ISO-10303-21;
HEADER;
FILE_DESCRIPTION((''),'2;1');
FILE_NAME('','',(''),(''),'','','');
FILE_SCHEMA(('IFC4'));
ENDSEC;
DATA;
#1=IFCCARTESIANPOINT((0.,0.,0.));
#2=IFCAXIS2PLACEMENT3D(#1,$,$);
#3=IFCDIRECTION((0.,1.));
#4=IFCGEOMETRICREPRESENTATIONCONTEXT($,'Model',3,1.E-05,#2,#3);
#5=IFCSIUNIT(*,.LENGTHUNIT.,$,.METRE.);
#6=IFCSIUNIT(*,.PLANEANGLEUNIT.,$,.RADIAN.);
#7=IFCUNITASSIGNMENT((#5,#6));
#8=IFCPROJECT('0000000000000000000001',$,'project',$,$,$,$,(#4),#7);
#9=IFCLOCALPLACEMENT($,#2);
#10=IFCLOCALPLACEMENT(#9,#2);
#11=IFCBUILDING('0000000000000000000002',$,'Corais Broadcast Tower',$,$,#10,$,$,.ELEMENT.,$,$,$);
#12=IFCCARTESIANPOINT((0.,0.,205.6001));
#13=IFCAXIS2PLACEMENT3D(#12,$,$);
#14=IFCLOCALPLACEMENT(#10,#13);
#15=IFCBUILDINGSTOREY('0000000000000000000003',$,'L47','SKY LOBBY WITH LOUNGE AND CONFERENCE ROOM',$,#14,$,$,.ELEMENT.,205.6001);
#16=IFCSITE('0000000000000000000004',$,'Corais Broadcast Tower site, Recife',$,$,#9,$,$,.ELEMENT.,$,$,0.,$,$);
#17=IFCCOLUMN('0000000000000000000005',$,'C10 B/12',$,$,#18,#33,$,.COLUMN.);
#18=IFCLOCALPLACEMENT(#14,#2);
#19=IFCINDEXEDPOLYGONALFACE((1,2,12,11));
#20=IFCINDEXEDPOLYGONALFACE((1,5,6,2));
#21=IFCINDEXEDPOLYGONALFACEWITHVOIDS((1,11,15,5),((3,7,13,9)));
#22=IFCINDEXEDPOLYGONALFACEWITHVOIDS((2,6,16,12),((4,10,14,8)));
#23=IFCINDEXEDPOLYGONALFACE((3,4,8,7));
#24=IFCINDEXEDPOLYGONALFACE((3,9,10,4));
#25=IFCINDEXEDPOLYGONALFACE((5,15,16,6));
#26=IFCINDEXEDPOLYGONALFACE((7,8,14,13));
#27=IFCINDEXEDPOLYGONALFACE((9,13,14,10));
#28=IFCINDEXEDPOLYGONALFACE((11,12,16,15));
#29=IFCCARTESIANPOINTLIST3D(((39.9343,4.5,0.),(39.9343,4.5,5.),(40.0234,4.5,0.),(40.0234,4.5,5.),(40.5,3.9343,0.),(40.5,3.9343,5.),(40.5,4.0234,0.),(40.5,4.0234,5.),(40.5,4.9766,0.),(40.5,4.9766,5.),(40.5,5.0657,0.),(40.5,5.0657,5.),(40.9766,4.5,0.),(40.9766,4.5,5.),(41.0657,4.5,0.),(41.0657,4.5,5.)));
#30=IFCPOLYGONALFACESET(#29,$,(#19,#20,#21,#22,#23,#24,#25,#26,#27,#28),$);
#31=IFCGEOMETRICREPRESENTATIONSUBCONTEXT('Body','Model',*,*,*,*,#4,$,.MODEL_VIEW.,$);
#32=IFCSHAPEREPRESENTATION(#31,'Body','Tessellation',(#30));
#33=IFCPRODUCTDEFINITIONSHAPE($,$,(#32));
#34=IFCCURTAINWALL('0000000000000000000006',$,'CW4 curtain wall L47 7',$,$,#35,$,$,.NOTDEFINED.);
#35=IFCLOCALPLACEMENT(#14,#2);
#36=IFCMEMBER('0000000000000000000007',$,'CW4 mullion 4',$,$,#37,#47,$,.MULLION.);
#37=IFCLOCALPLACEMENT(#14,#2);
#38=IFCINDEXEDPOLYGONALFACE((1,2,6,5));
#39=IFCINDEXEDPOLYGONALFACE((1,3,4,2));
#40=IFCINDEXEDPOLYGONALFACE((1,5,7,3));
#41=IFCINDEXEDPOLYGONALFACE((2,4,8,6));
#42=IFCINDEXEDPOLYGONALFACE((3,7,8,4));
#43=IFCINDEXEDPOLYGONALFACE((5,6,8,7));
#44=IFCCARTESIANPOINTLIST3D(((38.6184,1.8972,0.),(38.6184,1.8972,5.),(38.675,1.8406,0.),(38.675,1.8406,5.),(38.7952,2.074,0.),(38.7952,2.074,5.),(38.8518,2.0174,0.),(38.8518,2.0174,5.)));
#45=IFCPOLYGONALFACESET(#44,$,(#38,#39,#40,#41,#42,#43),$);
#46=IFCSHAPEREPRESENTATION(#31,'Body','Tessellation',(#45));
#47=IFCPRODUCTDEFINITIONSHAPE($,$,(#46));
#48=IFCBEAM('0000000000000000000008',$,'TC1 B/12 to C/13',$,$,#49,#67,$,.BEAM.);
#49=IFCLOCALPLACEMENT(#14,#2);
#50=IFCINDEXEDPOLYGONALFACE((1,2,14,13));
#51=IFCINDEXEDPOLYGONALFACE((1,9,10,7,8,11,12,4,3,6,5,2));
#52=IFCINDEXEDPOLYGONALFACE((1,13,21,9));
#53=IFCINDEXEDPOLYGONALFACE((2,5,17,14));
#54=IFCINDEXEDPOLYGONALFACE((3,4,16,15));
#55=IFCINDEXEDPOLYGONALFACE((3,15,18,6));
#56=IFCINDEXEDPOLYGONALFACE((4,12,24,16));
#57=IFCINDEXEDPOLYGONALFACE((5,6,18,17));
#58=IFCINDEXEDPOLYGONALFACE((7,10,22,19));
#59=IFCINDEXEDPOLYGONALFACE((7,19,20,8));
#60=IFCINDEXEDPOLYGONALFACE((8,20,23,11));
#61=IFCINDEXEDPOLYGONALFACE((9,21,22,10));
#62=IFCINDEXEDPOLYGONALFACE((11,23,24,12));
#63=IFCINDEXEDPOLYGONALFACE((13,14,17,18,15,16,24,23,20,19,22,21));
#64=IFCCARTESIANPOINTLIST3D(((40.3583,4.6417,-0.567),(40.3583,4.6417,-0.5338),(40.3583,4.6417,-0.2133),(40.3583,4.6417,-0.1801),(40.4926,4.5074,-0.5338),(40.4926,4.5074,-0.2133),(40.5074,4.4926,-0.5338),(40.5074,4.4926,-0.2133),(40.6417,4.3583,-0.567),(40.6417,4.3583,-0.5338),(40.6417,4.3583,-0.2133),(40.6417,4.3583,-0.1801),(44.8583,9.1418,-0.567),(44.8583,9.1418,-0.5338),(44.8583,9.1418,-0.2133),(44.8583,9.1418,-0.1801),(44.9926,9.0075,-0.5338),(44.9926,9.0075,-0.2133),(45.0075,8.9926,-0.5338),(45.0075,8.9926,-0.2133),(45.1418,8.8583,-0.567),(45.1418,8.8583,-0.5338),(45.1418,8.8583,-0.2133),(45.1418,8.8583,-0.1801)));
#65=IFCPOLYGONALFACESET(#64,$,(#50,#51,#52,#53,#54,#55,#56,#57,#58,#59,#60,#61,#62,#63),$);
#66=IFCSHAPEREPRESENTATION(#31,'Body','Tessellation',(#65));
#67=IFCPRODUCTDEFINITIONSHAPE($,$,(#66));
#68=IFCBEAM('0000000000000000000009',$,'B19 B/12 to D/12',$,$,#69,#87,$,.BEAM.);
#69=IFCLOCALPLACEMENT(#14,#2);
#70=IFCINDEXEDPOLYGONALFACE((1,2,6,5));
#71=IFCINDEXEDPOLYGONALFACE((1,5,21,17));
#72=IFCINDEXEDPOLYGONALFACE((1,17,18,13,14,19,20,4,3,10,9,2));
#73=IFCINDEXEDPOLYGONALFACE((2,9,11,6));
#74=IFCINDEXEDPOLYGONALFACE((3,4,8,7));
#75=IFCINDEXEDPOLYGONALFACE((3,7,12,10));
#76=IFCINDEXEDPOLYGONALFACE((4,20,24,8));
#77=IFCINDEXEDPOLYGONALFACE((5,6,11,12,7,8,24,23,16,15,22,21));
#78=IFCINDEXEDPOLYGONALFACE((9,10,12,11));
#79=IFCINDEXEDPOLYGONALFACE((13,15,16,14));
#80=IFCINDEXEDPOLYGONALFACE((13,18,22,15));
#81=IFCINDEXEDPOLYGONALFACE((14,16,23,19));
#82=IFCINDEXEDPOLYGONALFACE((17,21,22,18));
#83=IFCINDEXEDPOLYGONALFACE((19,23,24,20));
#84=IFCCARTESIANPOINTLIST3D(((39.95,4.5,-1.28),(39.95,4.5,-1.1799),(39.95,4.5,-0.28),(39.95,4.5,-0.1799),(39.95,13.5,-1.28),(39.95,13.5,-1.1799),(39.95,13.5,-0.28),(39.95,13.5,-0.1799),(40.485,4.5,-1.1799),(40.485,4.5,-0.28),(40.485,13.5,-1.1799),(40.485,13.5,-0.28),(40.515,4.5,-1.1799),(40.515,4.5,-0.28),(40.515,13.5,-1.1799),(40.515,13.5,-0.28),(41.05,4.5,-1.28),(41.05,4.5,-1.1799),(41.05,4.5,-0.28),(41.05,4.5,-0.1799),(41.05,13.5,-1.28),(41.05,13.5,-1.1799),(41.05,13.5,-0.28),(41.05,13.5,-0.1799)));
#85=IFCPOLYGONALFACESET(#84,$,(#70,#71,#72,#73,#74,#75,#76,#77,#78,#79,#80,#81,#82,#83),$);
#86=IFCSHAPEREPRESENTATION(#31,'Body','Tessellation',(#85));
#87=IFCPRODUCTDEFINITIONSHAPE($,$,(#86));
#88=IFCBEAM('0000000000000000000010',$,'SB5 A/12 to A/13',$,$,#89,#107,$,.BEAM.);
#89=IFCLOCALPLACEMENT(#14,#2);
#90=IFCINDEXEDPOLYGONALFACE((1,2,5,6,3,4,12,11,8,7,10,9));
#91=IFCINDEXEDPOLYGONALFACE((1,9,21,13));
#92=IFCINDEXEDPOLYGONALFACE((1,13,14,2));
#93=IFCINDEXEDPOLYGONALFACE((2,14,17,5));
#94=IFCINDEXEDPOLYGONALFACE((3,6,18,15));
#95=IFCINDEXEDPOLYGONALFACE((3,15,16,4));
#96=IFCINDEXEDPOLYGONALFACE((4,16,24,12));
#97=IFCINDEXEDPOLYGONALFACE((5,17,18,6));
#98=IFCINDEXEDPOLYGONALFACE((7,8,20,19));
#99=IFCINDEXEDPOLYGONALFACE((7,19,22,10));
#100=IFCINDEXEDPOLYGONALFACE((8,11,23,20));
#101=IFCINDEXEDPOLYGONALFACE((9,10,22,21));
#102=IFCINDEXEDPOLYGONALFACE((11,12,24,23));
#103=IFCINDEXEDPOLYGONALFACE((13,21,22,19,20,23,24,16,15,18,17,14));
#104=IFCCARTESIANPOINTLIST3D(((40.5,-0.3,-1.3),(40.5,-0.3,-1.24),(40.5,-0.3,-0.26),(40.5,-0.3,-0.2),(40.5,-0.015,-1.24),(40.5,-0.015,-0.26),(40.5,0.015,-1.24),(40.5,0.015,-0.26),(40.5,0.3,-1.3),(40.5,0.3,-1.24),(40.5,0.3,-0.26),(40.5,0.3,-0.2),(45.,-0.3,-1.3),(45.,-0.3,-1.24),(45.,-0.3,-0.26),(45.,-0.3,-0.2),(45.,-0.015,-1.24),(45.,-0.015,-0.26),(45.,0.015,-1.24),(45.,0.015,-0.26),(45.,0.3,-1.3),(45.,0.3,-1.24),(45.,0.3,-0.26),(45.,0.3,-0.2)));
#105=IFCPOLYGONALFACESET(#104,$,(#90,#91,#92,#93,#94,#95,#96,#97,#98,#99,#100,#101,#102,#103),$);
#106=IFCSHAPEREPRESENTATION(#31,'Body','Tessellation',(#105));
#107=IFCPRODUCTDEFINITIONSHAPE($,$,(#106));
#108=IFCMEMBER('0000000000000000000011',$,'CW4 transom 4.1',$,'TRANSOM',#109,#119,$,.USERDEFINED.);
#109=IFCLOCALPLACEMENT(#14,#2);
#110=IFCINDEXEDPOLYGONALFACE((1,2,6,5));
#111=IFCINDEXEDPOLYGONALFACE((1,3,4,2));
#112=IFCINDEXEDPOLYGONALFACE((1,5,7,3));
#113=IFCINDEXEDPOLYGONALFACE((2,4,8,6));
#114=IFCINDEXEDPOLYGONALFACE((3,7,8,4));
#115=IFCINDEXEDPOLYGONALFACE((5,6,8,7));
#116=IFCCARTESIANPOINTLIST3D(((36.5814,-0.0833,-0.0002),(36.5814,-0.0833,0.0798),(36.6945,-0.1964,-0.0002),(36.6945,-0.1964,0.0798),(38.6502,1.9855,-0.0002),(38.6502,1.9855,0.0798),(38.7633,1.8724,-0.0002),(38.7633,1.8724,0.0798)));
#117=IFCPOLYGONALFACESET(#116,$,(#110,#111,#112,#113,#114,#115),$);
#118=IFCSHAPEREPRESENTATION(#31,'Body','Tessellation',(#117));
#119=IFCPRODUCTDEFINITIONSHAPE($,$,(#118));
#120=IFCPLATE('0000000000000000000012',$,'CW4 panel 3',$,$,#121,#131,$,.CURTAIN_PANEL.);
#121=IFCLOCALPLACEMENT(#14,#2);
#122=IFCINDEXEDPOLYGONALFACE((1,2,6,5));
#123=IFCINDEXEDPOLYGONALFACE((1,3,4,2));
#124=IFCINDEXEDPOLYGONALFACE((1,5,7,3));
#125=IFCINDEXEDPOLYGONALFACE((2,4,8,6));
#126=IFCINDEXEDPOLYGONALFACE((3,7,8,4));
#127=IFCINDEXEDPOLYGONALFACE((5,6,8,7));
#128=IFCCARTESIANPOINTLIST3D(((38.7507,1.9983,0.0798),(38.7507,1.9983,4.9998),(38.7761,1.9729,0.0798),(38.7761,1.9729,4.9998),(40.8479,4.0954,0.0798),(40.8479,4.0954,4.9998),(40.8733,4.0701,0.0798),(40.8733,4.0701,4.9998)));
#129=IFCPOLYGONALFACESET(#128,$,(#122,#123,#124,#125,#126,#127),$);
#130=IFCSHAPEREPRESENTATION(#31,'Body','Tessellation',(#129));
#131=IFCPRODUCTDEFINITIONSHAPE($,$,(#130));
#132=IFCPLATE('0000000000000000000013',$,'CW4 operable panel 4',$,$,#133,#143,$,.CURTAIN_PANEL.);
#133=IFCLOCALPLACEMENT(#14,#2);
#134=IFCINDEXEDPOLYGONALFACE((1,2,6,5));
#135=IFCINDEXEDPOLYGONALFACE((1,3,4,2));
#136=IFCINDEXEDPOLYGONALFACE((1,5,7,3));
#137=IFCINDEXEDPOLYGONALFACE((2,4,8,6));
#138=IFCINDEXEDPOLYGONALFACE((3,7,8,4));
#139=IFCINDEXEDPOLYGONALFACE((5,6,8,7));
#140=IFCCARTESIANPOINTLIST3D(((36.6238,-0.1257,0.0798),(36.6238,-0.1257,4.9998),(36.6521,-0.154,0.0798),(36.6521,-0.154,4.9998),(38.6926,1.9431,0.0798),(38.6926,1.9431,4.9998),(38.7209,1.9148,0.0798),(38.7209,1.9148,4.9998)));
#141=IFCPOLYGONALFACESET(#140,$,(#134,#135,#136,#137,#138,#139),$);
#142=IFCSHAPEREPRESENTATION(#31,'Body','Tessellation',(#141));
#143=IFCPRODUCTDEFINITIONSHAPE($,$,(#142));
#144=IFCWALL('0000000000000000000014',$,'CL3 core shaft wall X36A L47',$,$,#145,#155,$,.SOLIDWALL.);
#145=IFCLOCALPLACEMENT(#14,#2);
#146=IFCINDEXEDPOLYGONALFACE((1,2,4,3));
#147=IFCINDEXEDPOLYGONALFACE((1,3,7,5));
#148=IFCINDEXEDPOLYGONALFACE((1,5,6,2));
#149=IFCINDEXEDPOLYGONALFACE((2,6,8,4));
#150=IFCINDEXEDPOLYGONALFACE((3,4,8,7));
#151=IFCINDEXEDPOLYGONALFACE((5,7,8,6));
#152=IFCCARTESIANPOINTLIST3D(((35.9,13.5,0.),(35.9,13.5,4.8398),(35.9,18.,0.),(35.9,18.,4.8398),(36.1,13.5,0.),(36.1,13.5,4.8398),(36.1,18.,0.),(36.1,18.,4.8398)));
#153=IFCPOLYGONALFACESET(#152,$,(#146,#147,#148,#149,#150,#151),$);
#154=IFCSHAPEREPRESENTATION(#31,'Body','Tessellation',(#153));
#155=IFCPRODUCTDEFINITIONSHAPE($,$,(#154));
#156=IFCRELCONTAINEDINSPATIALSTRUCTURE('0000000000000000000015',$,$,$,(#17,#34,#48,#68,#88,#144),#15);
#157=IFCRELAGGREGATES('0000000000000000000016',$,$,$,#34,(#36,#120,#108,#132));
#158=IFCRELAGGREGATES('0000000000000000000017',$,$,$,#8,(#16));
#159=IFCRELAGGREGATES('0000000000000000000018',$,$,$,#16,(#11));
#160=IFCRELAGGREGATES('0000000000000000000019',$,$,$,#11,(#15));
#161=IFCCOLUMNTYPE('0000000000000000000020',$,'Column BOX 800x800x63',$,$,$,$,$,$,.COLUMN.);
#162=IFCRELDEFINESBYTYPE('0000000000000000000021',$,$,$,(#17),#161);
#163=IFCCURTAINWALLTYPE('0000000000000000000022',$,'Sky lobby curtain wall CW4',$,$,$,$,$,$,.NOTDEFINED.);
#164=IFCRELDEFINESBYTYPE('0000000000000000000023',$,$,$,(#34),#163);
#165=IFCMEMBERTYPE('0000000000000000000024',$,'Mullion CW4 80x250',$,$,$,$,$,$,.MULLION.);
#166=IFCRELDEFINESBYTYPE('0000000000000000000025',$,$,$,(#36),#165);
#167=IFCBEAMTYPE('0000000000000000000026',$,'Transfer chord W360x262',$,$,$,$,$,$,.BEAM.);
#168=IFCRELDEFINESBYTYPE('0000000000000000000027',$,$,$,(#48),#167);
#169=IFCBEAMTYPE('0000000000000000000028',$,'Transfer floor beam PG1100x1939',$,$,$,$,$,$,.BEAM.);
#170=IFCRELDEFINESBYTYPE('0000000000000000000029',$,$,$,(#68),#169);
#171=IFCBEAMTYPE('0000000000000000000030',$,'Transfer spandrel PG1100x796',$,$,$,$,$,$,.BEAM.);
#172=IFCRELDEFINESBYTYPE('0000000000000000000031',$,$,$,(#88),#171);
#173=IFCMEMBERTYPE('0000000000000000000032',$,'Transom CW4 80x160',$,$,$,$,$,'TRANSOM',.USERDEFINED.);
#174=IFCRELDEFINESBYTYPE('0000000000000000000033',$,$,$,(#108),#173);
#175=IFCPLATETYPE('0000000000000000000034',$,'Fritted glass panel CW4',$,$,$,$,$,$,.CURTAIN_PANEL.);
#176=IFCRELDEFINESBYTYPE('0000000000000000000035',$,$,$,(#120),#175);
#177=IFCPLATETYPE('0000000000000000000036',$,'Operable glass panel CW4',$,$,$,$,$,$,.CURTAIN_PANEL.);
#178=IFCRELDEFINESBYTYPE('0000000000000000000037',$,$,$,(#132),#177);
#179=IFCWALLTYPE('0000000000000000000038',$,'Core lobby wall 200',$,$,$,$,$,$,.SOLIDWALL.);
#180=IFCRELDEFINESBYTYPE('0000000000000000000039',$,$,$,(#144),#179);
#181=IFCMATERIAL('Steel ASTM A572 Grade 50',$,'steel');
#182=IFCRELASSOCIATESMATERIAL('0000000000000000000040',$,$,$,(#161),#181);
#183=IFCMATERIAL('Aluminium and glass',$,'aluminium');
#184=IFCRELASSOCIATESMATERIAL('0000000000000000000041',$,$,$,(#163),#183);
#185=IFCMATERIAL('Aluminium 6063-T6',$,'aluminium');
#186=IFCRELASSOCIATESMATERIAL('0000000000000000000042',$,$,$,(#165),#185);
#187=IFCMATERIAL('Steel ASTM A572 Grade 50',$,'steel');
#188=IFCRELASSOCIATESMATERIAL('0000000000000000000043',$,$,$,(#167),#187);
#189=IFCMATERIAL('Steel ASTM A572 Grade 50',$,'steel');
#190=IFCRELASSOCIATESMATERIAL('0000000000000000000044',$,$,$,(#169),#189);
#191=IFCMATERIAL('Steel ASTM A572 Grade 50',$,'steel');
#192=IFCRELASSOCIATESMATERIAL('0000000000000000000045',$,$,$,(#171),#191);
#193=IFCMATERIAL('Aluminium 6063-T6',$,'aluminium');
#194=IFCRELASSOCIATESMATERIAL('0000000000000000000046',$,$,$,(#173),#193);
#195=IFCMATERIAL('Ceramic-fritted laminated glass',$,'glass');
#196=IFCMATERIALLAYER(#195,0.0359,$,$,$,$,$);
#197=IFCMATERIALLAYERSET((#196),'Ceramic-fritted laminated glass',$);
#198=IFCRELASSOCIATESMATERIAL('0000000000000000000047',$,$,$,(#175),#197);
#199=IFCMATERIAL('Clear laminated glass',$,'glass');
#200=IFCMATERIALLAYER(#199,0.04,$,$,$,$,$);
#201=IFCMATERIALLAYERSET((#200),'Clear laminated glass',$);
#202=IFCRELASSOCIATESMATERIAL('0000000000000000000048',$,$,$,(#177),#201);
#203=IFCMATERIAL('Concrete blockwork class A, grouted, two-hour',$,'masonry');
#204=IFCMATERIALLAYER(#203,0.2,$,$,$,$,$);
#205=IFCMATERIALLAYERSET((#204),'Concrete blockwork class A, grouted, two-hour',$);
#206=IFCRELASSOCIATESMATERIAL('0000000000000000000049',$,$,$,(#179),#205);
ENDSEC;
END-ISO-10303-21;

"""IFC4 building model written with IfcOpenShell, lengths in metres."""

from ifc_helpers import new_model, si_unit, direction, frame, frame_2d, origin, origin_2d, place, context, subcontext, project, spatial, rectangle, hollow_rectangle, i_section, extrude, material, layer, layer_set, material_profile, profile_set, type_object, element, aggregate, save


model = new_model("IFC4")

# Units and contexts
model_context = context("Model", 3, precision=1e-05, world=origin(), true_north=direction((0.0, 1.0)))
body_context = subcontext(model_context, "Body", "Model", "MODEL_VIEW")
ifc_project = project(units=[si_unit("LENGTHUNIT", "METRE"), si_unit("PLANEANGLEUNIT", "RADIAN")], contexts=[model_context])

# Site, building, storey
site_placement = place(None, origin())
site = spatial("IfcSite", under=ifc_project, at=site_placement, Name="Corais Broadcast Tower site, Recife", CompositionType="ELEMENT", RefElevation=0.0)
building_placement = place(site_placement, origin())
building = spatial("IfcBuilding", under=site, at=building_placement, Name="Corais Broadcast Tower", CompositionType="ELEMENT")
storey_placement = place(building_placement, frame((0.0, 0.0, 205.6001)))
storey = spatial("IfcBuildingStorey", under=building, at=storey_placement, Name="L47", Description="SKY LOBBY WITH LOUNGE AND CONFERENCE ROOM", CompositionType="ELEMENT", Elevation=205.6001)

# Column
ifc_material_1 = material(Name="Steel ASTM A572 Grade 50", Category="steel")
ifc_material_profile_1 = material_profile(ifc_material_1, hollow_rectangle(XDim=0.8, YDim=0.8, WallThickness=0.063, at=origin_2d()), Name="BOX 800x800x63")
ifc_profile_set_1 = profile_set([ifc_material_profile_1], Name="Steel ASTM A572 Grade 50")
column_type = type_object("IfcColumnType", Name="Column BOX 800x800x63", PredefinedType="COLUMN", material=ifc_profile_set_1)
column_placement = place(storey_placement, frame((40.5, 4.5, 0.0), z_axis=(0.0, 0.0, 1.0), x_axis=(0.707107, 0.707107, 0.0)))
element("IfcColumn", 1, at=column_placement, inside=storey, type_object=column_type, Name="C10 B/12", PredefinedType="COLUMN", context=body_context, shape_type="SweptSolid", body=[
    extrude(hollow_rectangle(XDim=0.8, YDim=0.8, WallThickness=0.063, at=origin_2d()), origin(), (0.0, 0.0, 1.0), 5.0),
])

# Curtain wall, member
ifc_material_2 = material(Name="Aluminium and glass", Category="aluminium")
curtain_wall_type = type_object("IfcCurtainWallType", Name="Sky lobby curtain wall CW4", PredefinedType="NOTDEFINED", material=ifc_material_2)
curtain_wall_placement = place(storey_placement, origin())
curtain_wall = element("IfcCurtainWall", 2, at=curtain_wall_placement, inside=storey, type_object=curtain_wall_type, Name="CW4 curtain wall L47 7", PredefinedType="NOTDEFINED")
ifc_material_3 = material(Name="Aluminium 6063-T6", Category="aluminium")
ifc_material_profile_2 = material_profile(ifc_material_3, rectangle(XDim=0.0801, YDim=0.25, at=origin_2d()), Name="Mullion CW4 80x250")
ifc_profile_set_2 = profile_set([ifc_material_profile_2], Name="Aluminium 6063-T6")
member_type_1 = type_object("IfcMemberType", Name="Mullion CW4 80x250", PredefinedType="MULLION", material=ifc_profile_set_2)
member_1_placement = place(storey_placement, frame((38.7351, 1.9573, 0.0), z_axis=(0.0, 0.0, 1.0), x_axis=(0.707107, -0.707107, 0.0)))
member_1 = element("IfcMember", 3, at=member_1_placement, type_object=member_type_1, Name="CW4 mullion 4", PredefinedType="MULLION", context=body_context, shape_type="SweptSolid", body=[
    extrude(rectangle(XDim=0.0801, YDim=0.25, at=origin_2d()), origin(), (0.0, 0.0, 1.0), 5.0),
])

# Beams
ifc_material_4 = material(Name="Steel ASTM A572 Grade 50", Category="steel")
ifc_material_profile_3 = material_profile(ifc_material_4, i_section(OverallWidth=0.4009, OverallDepth=0.387, WebThickness=0.021, FlangeThickness=0.0332, at=origin_2d()), Name="W360x262")
ifc_profile_set_3 = profile_set([ifc_material_profile_3], Name="Steel ASTM A572 Grade 50")
beam_type_1 = type_object("IfcBeamType", Name="Transfer chord W360x262", PredefinedType="BEAM", material=ifc_profile_set_3)
beam_1_placement = place(storey_placement, frame((40.5, 4.5, -0.3735), z_axis=(0.707107, 0.707107, 0.0), x_axis=(-0.707107, 0.707107, 0.0)))
element("IfcBeam", 4, at=beam_1_placement, inside=storey, type_object=beam_type_1, Name="TC1 B/12 to C/13", PredefinedType="BEAM", context=body_context, shape_type="SweptSolid", body=[
    extrude(i_section(OverallWidth=0.4009, OverallDepth=0.387, WebThickness=0.021, FlangeThickness=0.0332, at=origin_2d()), origin(), (0.0, 0.0, 1.0), 6.364),
])
ifc_material_5 = material(Name="Steel ASTM A572 Grade 50", Category="steel")
ifc_material_profile_4 = material_profile(ifc_material_5, i_section(OverallWidth=1.1001, OverallDepth=1.1001, WebThickness=0.03, FlangeThickness=0.1001, at=origin_2d()), Name="PG1100x1939")
ifc_profile_set_4 = profile_set([ifc_material_profile_4], Name="Steel ASTM A572 Grade 50")
beam_type_2 = type_object("IfcBeamType", Name="Transfer floor beam PG1100x1939", PredefinedType="BEAM", material=ifc_profile_set_4)
beam_2_placement = place(storey_placement, frame((40.5, 4.5, -0.73), z_axis=(0.0, 1.0, 0.0), x_axis=(-1.0, 0.0, 0.0)))
element("IfcBeam", 5, at=beam_2_placement, inside=storey, type_object=beam_type_2, Name="B19 B/12 to D/12", PredefinedType="BEAM", context=body_context, shape_type="SweptSolid", body=[
    extrude(i_section(OverallWidth=1.1001, OverallDepth=1.1001, WebThickness=0.03, FlangeThickness=0.1001, at=origin_2d()), origin(), (0.0, 0.0, 1.0), 9.0),
])
ifc_material_6 = material(Name="Steel ASTM A572 Grade 50", Category="steel")
ifc_material_profile_5 = material_profile(ifc_material_6, i_section(OverallWidth=0.6001, OverallDepth=1.1001, WebThickness=0.03, FlangeThickness=0.0601, at=origin_2d()), Name="PG1100x796")
ifc_profile_set_5 = profile_set([ifc_material_profile_5], Name="Steel ASTM A572 Grade 50")
beam_type_3 = type_object("IfcBeamType", Name="Transfer spandrel PG1100x796", PredefinedType="BEAM", material=ifc_profile_set_5)
beam_3_placement = place(storey_placement, frame((40.5, 0.0, -0.75), z_axis=(1.0, 0.0, 0.0), x_axis=(0.0, 1.0, 0.0)))
element("IfcBeam", 6, at=beam_3_placement, inside=storey, type_object=beam_type_3, Name="SB5 A/12 to A/13", PredefinedType="BEAM", context=body_context, shape_type="SweptSolid", body=[
    extrude(i_section(OverallWidth=0.6001, OverallDepth=1.1001, WebThickness=0.03, FlangeThickness=0.0601, at=origin_2d()), origin(), (0.0, 0.0, 1.0), 4.5),
])

# Member
ifc_material_7 = material(Name="Aluminium 6063-T6", Category="aluminium")
ifc_material_profile_6 = material_profile(ifc_material_7, rectangle(XDim=0.1599, YDim=0.0801, at=origin_2d()), Name="Transom CW4 80x160")
ifc_profile_set_6 = profile_set([ifc_material_profile_6], Name="Aluminium 6063-T6")
member_type_2 = type_object("IfcMemberType", Name="Transom CW4 80x160", ElementType="TRANSOM", PredefinedType="USERDEFINED", material=ifc_profile_set_6)
member_2_placement = place(storey_placement, frame((38.7068, 1.929, 0.0398), z_axis=(-0.707107, -0.707107, 0.0), x_axis=(0.707107, -0.707107, 0.0)))
member_2 = element("IfcMember", 7, at=member_2_placement, type_object=member_type_2, Name="CW4 transom 4.1", ObjectType="TRANSOM", PredefinedType="USERDEFINED", context=body_context, shape_type="SweptSolid", body=[
    extrude(rectangle(XDim=0.1599, YDim=0.0801, at=origin_2d()), origin(), (0.0, 0.0, 1.0), 2.9258),
])

# Plates
ifc_material_8 = material(Name="Ceramic-fritted laminated glass", Category="glass")
ifc_layer_1 = layer(ifc_material_8, 0.0359)
ifc_layer_set_1 = layer_set([ifc_layer_1], Name="Ceramic-fritted laminated glass")
plate_type_1 = type_object("IfcPlateType", Name="Fritted glass panel CW4", PredefinedType="CURTAIN_PANEL", material=ifc_layer_set_1)
plate_1_placement = place(storey_placement, frame((39.812, 3.0342, 0.0798), z_axis=(0.0, 0.0, 1.0), x_axis=(-0.707107, -0.707107, 0.0)))
plate_1 = element("IfcPlate", 8, at=plate_1_placement, type_object=plate_type_1, Name="CW4 panel 3", PredefinedType="CURTAIN_PANEL", context=body_context, shape_type="SweptSolid", body=[
    extrude(rectangle(XDim=2.9658, YDim=0.0359, at=origin_2d()), origin(), (0.0, 0.0, 1.0), 4.9199),
])
ifc_material_9 = material(Name="Clear laminated glass", Category="glass")
ifc_layer_2 = layer(ifc_material_9, 0.04)
ifc_layer_set_2 = layer_set([ifc_layer_2], Name="Clear laminated glass")
plate_type_2 = type_object("IfcPlateType", Name="Operable glass panel CW4", PredefinedType="CURTAIN_PANEL", material=ifc_layer_set_2)
plate_2_placement = place(storey_placement, frame((37.6724, 0.8945, 0.0798), z_axis=(0.0, 0.0, 1.0), x_axis=(-0.707107, -0.707107, 0.0)))
plate_2 = element("IfcPlate", 9, at=plate_2_placement, type_object=plate_type_2, Name="CW4 operable panel 4", PredefinedType="CURTAIN_PANEL", context=body_context, shape_type="SweptSolid", body=[
    extrude(rectangle(XDim=2.9258, YDim=0.04, at=origin_2d()), origin(), (0.0, 0.0, 1.0), 4.9199),
])
aggregate(curtain_wall, [member_1, plate_1, member_2, plate_2])

# Wall
ifc_material_10 = material(Name="Concrete blockwork class A, grouted, two-hour", Category="masonry")
ifc_layer_3 = layer(ifc_material_10, 0.2)
ifc_layer_set_3 = layer_set([ifc_layer_3], Name="Concrete blockwork class A, grouted, two-hour")
wall_type_1 = type_object("IfcWallType", Name="Core lobby wall 200", PredefinedType="SOLIDWALL", material=ifc_layer_set_3)
wall_1_placement = place(storey_placement, frame((36.0, 13.5, 0.0), z_axis=(0.0, 0.0, 1.0), x_axis=(0.0, 1.0, 0.0)))
element("IfcWall", 10, at=wall_1_placement, inside=storey, type_object=wall_type_1, Name="CL3 core shaft wall X36A L47", PredefinedType="SOLIDWALL", context=body_context, shape_type="SweptSolid", body=[
    extrude(rectangle(XDim=4.5, YDim=0.2, at=frame_2d((2.25, 0.0))), origin(), (0.0, 0.0, 1.0), 4.8398),
])

save(model, "model.ifc")
